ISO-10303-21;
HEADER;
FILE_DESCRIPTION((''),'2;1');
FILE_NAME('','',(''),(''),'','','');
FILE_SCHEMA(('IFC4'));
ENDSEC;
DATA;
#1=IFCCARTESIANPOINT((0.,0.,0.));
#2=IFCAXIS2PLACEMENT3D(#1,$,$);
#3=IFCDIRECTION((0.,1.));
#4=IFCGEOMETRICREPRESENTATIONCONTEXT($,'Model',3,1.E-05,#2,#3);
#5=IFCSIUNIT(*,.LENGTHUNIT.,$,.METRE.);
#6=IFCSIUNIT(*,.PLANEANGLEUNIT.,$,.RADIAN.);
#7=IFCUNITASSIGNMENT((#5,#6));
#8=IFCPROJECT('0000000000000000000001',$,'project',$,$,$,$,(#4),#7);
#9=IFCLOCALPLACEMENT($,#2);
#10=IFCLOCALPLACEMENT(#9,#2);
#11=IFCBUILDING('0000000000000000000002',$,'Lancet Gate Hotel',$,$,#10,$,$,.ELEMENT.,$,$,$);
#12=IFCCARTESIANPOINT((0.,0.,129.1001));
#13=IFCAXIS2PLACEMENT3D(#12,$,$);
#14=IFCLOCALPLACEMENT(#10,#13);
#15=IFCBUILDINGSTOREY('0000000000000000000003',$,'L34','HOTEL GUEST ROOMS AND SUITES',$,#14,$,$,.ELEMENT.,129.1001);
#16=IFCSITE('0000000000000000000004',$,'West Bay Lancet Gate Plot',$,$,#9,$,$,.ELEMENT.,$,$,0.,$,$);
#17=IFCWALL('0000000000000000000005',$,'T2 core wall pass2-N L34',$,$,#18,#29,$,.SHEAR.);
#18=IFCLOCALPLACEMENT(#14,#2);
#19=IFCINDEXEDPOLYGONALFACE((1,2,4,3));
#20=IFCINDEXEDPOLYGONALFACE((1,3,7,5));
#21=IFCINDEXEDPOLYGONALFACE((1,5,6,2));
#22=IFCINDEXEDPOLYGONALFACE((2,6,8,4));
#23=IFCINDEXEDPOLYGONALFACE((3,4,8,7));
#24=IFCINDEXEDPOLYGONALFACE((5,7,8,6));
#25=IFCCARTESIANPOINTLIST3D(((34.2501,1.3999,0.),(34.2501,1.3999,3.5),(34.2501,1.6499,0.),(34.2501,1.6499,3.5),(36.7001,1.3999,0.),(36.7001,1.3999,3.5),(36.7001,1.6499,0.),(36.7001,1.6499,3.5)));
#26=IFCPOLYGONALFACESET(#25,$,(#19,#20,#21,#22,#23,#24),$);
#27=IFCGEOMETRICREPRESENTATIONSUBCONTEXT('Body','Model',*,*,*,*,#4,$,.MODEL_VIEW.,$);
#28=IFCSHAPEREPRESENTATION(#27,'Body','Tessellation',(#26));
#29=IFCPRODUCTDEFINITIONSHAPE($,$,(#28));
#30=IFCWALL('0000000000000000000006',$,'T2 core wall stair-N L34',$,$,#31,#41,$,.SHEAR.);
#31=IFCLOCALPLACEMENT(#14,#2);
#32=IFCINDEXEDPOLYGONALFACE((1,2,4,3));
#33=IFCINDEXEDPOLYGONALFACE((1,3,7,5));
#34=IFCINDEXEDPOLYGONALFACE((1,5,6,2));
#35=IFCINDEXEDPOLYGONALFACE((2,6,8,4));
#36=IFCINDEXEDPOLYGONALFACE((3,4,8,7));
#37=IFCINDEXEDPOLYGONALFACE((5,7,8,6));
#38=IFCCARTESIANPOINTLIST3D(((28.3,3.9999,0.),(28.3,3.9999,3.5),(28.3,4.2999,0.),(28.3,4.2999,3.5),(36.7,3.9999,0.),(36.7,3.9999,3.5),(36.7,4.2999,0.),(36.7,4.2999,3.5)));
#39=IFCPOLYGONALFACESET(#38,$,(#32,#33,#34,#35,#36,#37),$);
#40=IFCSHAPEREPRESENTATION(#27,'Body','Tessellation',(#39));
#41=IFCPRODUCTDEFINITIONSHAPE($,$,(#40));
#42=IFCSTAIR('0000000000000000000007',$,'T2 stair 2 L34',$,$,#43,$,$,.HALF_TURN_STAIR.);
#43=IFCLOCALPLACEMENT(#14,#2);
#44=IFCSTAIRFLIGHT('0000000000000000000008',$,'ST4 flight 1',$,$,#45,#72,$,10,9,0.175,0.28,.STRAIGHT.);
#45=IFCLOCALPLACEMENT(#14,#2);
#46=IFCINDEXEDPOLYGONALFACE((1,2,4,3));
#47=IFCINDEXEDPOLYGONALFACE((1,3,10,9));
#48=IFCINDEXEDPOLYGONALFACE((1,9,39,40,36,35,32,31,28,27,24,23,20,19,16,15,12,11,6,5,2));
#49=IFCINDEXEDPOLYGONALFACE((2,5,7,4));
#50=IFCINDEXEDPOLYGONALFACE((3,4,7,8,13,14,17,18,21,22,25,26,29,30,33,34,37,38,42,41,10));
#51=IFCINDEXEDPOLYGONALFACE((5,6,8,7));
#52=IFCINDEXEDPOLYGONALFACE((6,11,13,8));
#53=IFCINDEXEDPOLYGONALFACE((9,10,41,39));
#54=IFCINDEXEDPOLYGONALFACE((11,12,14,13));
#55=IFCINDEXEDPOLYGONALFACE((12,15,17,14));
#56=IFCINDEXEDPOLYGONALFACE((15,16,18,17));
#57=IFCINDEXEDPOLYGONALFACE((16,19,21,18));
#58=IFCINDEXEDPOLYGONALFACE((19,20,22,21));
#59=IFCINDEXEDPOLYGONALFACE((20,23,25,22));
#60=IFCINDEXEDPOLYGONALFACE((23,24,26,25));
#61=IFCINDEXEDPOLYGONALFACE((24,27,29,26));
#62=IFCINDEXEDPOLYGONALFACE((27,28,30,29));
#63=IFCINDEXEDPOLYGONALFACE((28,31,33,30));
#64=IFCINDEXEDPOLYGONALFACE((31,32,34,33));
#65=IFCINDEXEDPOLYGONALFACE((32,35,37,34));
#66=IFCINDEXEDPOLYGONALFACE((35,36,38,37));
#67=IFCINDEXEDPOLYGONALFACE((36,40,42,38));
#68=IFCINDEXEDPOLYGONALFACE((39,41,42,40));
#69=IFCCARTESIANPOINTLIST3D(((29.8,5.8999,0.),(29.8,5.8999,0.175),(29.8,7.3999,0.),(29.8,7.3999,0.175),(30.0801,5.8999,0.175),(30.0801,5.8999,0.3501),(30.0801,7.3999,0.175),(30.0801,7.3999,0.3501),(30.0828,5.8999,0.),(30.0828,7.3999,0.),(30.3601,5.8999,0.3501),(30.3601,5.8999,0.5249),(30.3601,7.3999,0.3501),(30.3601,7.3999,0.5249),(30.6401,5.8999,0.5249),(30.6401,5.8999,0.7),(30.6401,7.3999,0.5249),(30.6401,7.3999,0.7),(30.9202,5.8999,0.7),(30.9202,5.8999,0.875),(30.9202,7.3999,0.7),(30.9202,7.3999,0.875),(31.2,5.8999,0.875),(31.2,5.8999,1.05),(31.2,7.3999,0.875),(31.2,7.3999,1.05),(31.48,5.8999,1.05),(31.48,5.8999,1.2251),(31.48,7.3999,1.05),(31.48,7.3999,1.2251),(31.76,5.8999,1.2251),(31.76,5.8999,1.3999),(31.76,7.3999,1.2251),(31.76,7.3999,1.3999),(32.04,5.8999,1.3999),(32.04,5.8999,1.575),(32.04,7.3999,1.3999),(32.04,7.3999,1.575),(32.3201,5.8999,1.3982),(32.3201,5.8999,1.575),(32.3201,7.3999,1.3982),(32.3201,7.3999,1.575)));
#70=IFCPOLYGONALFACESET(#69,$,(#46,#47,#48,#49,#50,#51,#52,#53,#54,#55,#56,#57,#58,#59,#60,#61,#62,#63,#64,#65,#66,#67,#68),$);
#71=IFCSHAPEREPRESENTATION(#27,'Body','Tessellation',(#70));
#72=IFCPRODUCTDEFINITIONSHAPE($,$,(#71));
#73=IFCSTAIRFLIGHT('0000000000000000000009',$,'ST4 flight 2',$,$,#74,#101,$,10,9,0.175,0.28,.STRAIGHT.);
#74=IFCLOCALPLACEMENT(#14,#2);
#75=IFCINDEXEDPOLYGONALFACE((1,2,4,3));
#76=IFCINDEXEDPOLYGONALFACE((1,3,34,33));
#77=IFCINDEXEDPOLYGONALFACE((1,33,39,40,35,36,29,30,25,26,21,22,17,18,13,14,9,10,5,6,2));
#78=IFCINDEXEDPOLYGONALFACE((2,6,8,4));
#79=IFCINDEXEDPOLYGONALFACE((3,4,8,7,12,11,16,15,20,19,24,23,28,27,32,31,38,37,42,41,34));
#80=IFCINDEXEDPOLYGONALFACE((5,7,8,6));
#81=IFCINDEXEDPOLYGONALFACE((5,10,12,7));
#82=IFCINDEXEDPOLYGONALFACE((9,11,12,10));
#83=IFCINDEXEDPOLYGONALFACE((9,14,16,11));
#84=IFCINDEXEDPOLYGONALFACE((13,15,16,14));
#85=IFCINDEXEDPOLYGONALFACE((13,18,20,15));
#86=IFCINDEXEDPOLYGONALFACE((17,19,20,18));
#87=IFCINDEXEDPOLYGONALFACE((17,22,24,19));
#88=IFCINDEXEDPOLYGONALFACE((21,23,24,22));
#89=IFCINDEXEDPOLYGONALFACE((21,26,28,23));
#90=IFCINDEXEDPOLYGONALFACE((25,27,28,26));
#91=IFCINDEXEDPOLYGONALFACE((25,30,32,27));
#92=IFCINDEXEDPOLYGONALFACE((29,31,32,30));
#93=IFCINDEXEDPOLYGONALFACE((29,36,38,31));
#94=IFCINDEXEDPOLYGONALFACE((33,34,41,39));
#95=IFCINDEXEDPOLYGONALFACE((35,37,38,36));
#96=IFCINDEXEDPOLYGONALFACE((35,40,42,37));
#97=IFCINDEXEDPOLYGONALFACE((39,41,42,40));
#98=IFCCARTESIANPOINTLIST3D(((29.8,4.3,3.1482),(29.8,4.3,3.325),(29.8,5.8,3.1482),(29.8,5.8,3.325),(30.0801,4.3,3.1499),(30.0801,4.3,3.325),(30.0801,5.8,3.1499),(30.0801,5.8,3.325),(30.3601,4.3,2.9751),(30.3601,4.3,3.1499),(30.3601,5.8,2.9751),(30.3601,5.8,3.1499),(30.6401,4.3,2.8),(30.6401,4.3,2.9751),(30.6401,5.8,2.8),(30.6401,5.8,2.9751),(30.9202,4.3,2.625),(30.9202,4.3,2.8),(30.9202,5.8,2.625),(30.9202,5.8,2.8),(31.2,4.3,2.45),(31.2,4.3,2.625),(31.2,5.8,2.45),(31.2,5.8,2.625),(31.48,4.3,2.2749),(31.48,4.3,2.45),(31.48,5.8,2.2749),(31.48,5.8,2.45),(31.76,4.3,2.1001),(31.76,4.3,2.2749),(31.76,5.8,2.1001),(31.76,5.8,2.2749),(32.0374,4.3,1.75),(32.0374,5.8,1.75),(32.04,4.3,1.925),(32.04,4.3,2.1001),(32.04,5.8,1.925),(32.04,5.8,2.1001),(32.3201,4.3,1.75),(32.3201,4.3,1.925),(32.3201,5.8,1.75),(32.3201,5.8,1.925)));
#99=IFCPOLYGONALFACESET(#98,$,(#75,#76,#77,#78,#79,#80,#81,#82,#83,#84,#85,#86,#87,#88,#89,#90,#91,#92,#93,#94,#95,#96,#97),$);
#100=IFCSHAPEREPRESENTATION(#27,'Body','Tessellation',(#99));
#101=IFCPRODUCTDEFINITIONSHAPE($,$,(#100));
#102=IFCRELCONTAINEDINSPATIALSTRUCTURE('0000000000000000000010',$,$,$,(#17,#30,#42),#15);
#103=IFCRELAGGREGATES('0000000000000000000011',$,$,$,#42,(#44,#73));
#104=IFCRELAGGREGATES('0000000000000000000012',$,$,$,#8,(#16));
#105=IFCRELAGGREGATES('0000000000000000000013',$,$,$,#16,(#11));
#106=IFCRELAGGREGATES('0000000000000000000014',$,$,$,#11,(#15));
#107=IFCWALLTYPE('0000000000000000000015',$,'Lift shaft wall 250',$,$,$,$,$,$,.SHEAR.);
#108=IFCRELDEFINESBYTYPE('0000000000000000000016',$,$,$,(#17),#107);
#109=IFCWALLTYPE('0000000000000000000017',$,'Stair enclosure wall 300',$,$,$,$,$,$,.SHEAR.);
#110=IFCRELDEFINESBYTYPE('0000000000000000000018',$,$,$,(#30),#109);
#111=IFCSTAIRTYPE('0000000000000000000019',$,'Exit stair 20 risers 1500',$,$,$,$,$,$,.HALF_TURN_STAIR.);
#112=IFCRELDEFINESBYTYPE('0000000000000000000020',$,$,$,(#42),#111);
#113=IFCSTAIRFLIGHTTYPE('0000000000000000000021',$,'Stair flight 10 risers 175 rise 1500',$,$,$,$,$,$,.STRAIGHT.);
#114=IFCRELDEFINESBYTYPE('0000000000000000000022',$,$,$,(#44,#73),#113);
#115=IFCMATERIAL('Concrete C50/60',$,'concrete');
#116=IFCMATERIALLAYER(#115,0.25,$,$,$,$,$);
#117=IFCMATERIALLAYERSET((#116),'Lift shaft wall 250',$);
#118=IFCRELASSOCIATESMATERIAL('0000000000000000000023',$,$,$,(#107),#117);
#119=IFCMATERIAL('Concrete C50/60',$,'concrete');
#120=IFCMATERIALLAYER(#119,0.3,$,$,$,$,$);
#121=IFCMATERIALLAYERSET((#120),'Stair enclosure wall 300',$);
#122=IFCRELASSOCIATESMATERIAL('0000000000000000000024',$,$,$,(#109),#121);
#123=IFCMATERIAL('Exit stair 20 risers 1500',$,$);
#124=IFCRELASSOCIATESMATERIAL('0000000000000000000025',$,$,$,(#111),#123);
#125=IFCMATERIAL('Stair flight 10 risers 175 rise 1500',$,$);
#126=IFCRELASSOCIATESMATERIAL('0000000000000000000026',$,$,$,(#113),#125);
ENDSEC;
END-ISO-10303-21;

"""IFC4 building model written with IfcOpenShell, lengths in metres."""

from ifc_helpers import new_model, si_unit, direction, frame, frame_2d, origin, place, context, subcontext, project, spatial, polyline, rectangle, outline, extrude, material, layer, layer_set, type_object, element, aggregate, save


model = new_model("IFC4")

# Units and contexts
model_context = context("Model", 3, precision=1e-05, world=origin(), true_north=direction((0.0, 1.0)))
body_context = subcontext(model_context, "Body", "Model", "MODEL_VIEW")
ifc_project = project(units=[si_unit("LENGTHUNIT", "METRE"), si_unit("PLANEANGLEUNIT", "RADIAN")], contexts=[model_context])

# Site, building, storey
site_placement = place(None, origin())
site = spatial("IfcSite", under=ifc_project, at=site_placement, Name="West Bay Lancet Gate Plot", CompositionType="ELEMENT", RefElevation=0.0)
building_placement = place(site_placement, origin())
building = spatial("IfcBuilding", under=site, at=building_placement, Name="Lancet Gate Hotel", CompositionType="ELEMENT")
storey_placement = place(building_placement, frame((0.0, 0.0, 129.1001)))
storey = spatial("IfcBuildingStorey", under=building, at=storey_placement, Name="L34", Description="HOTEL GUEST ROOMS AND SUITES", CompositionType="ELEMENT", Elevation=129.1001)

# Shared definitions
ifc_material_1 = material(Name="Concrete C50/60", Category="concrete")
ifc_layer_1 = layer(ifc_material_1, 0.25)
ifc_layer_set_1 = layer_set([ifc_layer_1], Name="Lift shaft wall 250")
wall_type_1 = type_object("IfcWallType", Name="Lift shaft wall 250", PredefinedType="SHEAR", material=ifc_layer_set_1)

# Walls
wall_1_placement = place(storey_placement, frame((34.25, 1.5249, 0.0), z_axis=(0.0, 0.0, 1.0), x_axis=(1.0, 0.0, 0.0)))
element("IfcWall", 1, at=wall_1_placement, inside=storey, type_object=wall_type_1, Name="T2 core wall pass2-N L34", PredefinedType="SHEAR", context=body_context, shape_type="SweptSolid", body=[
    extrude(rectangle(XDim=2.45, YDim=0.25, at=frame_2d((1.2251, 0.0))), origin(), (0.0, 0.0, 1.0), 3.5),
])
ifc_material_2 = material(Name="Concrete C50/60", Category="concrete")
ifc_layer_2 = layer(ifc_material_2, 0.3)
ifc_layer_set_2 = layer_set([ifc_layer_2], Name="Stair enclosure wall 300")
wall_type_2 = type_object("IfcWallType", Name="Stair enclosure wall 300", PredefinedType="SHEAR", material=ifc_layer_set_2)
wall_2_placement = place(storey_placement, frame((28.3, 4.1499, 0.0), z_axis=(0.0, 0.0, 1.0), x_axis=(1.0, 0.0, 0.0)))
element("IfcWall", 2, at=wall_2_placement, inside=storey, type_object=wall_type_2, Name="T2 core wall stair-N L34", PredefinedType="SHEAR", context=body_context, shape_type="SweptSolid", body=[
    extrude(rectangle(XDim=8.3999, YDim=0.3, at=frame_2d((4.2, 0.0))), origin(), (0.0, 0.0, 1.0), 3.5),
])

# Stair, stair flights
ifc_material_3 = material(Name="Exit stair 20 risers 1500")
stair_type = type_object("IfcStairType", Name="Exit stair 20 risers 1500", PredefinedType="HALF_TURN_STAIR", material=ifc_material_3)
stair_placement = place(storey_placement, origin())
stair = element("IfcStair", 3, at=stair_placement, inside=storey, type_object=stair_type, Name="T2 stair 2 L34", PredefinedType="HALF_TURN_STAIR")
ifc_material_4 = material(Name="Stair flight 10 risers 175 rise 1500")
stair_flight_type = type_object("IfcStairFlightType", Name="Stair flight 10 risers 175 rise 1500", PredefinedType="STRAIGHT", material=ifc_material_4)
stair_flight_1_placement = place(storey_placement, frame((29.8, 6.6499, 0.0), z_axis=(0.0, 0.0, 1.0), x_axis=(1.0, 0.0, 0.0)))
stair_flight_1 = element("IfcStairFlight", 4, at=stair_flight_1_placement, type_object=stair_flight_type, Name="ST4 flight 1", NumberOfRisers=10, NumberOfTreads=9, PredefinedType="STRAIGHT", RiserHeight=0.175, TreadLength=0.28, context=body_context, shape_type="SweptSolid", body=[
    extrude(outline(polyline([(0.0, 0.0), (0.0, 0.175), (0.28, 0.175), (0.28, 0.3501), (0.5601, 0.3501), (0.5601, 0.5249), (0.8401, 0.5249), (0.8401, 0.7), (1.1201, 0.7), (1.1201, 0.875), (1.3999, 0.875), (1.3999, 1.05), (1.6799, 1.05), (1.6799, 1.2251), (1.96, 1.2251), (1.96, 1.3999), (2.24, 1.3999), (2.24, 1.575), (2.52, 1.575), (2.52, 1.75), (2.52, 1.3982), (0.2827, 0.0), (0.0, 0.0)])), frame((0.0, 0.75, 0.0), z_axis=(0.0, -1.0, 0.0), x_axis=(1.0, 0.0, 0.0)), (0.0, 0.0, 1.0), 1.5),
])
stair_flight_2_placement = place(storey_placement, frame((32.3201, 5.05, 1.75), z_axis=(0.0, 0.0, 1.0), x_axis=(-1.0, 0.0, 0.0)))
stair_flight_2 = element("IfcStairFlight", 5, at=stair_flight_2_placement, type_object=stair_flight_type, Name="ST4 flight 2", NumberOfRisers=10, NumberOfTreads=9, PredefinedType="STRAIGHT", RiserHeight=0.175, TreadLength=0.28, context=body_context, shape_type="SweptSolid", body=[
    extrude(outline(polyline([(0.0, 0.0), (0.0, 0.175), (0.28, 0.175), (0.28, 0.3501), (0.5601, 0.3501), (0.5601, 0.5249), (0.8401, 0.5249), (0.8401, 0.7), (1.1201, 0.7), (1.1201, 0.875), (1.3999, 0.875), (1.3999, 1.05), (1.6799, 1.05), (1.6799, 1.2251), (1.96, 1.2251), (1.96, 1.3999), (2.24, 1.3999), (2.24, 1.575), (2.52, 1.575), (2.52, 1.75), (2.52, 1.3982), (0.2827, 0.0), (0.0, 0.0)])), frame((0.0, 0.75, 0.0), z_axis=(0.0, -1.0, 0.0), x_axis=(1.0, 0.0, 0.0)), (0.0, 0.0, 1.0), 1.5),
])
aggregate(stair, [stair_flight_1, stair_flight_2])

save(model, "model.ifc")
